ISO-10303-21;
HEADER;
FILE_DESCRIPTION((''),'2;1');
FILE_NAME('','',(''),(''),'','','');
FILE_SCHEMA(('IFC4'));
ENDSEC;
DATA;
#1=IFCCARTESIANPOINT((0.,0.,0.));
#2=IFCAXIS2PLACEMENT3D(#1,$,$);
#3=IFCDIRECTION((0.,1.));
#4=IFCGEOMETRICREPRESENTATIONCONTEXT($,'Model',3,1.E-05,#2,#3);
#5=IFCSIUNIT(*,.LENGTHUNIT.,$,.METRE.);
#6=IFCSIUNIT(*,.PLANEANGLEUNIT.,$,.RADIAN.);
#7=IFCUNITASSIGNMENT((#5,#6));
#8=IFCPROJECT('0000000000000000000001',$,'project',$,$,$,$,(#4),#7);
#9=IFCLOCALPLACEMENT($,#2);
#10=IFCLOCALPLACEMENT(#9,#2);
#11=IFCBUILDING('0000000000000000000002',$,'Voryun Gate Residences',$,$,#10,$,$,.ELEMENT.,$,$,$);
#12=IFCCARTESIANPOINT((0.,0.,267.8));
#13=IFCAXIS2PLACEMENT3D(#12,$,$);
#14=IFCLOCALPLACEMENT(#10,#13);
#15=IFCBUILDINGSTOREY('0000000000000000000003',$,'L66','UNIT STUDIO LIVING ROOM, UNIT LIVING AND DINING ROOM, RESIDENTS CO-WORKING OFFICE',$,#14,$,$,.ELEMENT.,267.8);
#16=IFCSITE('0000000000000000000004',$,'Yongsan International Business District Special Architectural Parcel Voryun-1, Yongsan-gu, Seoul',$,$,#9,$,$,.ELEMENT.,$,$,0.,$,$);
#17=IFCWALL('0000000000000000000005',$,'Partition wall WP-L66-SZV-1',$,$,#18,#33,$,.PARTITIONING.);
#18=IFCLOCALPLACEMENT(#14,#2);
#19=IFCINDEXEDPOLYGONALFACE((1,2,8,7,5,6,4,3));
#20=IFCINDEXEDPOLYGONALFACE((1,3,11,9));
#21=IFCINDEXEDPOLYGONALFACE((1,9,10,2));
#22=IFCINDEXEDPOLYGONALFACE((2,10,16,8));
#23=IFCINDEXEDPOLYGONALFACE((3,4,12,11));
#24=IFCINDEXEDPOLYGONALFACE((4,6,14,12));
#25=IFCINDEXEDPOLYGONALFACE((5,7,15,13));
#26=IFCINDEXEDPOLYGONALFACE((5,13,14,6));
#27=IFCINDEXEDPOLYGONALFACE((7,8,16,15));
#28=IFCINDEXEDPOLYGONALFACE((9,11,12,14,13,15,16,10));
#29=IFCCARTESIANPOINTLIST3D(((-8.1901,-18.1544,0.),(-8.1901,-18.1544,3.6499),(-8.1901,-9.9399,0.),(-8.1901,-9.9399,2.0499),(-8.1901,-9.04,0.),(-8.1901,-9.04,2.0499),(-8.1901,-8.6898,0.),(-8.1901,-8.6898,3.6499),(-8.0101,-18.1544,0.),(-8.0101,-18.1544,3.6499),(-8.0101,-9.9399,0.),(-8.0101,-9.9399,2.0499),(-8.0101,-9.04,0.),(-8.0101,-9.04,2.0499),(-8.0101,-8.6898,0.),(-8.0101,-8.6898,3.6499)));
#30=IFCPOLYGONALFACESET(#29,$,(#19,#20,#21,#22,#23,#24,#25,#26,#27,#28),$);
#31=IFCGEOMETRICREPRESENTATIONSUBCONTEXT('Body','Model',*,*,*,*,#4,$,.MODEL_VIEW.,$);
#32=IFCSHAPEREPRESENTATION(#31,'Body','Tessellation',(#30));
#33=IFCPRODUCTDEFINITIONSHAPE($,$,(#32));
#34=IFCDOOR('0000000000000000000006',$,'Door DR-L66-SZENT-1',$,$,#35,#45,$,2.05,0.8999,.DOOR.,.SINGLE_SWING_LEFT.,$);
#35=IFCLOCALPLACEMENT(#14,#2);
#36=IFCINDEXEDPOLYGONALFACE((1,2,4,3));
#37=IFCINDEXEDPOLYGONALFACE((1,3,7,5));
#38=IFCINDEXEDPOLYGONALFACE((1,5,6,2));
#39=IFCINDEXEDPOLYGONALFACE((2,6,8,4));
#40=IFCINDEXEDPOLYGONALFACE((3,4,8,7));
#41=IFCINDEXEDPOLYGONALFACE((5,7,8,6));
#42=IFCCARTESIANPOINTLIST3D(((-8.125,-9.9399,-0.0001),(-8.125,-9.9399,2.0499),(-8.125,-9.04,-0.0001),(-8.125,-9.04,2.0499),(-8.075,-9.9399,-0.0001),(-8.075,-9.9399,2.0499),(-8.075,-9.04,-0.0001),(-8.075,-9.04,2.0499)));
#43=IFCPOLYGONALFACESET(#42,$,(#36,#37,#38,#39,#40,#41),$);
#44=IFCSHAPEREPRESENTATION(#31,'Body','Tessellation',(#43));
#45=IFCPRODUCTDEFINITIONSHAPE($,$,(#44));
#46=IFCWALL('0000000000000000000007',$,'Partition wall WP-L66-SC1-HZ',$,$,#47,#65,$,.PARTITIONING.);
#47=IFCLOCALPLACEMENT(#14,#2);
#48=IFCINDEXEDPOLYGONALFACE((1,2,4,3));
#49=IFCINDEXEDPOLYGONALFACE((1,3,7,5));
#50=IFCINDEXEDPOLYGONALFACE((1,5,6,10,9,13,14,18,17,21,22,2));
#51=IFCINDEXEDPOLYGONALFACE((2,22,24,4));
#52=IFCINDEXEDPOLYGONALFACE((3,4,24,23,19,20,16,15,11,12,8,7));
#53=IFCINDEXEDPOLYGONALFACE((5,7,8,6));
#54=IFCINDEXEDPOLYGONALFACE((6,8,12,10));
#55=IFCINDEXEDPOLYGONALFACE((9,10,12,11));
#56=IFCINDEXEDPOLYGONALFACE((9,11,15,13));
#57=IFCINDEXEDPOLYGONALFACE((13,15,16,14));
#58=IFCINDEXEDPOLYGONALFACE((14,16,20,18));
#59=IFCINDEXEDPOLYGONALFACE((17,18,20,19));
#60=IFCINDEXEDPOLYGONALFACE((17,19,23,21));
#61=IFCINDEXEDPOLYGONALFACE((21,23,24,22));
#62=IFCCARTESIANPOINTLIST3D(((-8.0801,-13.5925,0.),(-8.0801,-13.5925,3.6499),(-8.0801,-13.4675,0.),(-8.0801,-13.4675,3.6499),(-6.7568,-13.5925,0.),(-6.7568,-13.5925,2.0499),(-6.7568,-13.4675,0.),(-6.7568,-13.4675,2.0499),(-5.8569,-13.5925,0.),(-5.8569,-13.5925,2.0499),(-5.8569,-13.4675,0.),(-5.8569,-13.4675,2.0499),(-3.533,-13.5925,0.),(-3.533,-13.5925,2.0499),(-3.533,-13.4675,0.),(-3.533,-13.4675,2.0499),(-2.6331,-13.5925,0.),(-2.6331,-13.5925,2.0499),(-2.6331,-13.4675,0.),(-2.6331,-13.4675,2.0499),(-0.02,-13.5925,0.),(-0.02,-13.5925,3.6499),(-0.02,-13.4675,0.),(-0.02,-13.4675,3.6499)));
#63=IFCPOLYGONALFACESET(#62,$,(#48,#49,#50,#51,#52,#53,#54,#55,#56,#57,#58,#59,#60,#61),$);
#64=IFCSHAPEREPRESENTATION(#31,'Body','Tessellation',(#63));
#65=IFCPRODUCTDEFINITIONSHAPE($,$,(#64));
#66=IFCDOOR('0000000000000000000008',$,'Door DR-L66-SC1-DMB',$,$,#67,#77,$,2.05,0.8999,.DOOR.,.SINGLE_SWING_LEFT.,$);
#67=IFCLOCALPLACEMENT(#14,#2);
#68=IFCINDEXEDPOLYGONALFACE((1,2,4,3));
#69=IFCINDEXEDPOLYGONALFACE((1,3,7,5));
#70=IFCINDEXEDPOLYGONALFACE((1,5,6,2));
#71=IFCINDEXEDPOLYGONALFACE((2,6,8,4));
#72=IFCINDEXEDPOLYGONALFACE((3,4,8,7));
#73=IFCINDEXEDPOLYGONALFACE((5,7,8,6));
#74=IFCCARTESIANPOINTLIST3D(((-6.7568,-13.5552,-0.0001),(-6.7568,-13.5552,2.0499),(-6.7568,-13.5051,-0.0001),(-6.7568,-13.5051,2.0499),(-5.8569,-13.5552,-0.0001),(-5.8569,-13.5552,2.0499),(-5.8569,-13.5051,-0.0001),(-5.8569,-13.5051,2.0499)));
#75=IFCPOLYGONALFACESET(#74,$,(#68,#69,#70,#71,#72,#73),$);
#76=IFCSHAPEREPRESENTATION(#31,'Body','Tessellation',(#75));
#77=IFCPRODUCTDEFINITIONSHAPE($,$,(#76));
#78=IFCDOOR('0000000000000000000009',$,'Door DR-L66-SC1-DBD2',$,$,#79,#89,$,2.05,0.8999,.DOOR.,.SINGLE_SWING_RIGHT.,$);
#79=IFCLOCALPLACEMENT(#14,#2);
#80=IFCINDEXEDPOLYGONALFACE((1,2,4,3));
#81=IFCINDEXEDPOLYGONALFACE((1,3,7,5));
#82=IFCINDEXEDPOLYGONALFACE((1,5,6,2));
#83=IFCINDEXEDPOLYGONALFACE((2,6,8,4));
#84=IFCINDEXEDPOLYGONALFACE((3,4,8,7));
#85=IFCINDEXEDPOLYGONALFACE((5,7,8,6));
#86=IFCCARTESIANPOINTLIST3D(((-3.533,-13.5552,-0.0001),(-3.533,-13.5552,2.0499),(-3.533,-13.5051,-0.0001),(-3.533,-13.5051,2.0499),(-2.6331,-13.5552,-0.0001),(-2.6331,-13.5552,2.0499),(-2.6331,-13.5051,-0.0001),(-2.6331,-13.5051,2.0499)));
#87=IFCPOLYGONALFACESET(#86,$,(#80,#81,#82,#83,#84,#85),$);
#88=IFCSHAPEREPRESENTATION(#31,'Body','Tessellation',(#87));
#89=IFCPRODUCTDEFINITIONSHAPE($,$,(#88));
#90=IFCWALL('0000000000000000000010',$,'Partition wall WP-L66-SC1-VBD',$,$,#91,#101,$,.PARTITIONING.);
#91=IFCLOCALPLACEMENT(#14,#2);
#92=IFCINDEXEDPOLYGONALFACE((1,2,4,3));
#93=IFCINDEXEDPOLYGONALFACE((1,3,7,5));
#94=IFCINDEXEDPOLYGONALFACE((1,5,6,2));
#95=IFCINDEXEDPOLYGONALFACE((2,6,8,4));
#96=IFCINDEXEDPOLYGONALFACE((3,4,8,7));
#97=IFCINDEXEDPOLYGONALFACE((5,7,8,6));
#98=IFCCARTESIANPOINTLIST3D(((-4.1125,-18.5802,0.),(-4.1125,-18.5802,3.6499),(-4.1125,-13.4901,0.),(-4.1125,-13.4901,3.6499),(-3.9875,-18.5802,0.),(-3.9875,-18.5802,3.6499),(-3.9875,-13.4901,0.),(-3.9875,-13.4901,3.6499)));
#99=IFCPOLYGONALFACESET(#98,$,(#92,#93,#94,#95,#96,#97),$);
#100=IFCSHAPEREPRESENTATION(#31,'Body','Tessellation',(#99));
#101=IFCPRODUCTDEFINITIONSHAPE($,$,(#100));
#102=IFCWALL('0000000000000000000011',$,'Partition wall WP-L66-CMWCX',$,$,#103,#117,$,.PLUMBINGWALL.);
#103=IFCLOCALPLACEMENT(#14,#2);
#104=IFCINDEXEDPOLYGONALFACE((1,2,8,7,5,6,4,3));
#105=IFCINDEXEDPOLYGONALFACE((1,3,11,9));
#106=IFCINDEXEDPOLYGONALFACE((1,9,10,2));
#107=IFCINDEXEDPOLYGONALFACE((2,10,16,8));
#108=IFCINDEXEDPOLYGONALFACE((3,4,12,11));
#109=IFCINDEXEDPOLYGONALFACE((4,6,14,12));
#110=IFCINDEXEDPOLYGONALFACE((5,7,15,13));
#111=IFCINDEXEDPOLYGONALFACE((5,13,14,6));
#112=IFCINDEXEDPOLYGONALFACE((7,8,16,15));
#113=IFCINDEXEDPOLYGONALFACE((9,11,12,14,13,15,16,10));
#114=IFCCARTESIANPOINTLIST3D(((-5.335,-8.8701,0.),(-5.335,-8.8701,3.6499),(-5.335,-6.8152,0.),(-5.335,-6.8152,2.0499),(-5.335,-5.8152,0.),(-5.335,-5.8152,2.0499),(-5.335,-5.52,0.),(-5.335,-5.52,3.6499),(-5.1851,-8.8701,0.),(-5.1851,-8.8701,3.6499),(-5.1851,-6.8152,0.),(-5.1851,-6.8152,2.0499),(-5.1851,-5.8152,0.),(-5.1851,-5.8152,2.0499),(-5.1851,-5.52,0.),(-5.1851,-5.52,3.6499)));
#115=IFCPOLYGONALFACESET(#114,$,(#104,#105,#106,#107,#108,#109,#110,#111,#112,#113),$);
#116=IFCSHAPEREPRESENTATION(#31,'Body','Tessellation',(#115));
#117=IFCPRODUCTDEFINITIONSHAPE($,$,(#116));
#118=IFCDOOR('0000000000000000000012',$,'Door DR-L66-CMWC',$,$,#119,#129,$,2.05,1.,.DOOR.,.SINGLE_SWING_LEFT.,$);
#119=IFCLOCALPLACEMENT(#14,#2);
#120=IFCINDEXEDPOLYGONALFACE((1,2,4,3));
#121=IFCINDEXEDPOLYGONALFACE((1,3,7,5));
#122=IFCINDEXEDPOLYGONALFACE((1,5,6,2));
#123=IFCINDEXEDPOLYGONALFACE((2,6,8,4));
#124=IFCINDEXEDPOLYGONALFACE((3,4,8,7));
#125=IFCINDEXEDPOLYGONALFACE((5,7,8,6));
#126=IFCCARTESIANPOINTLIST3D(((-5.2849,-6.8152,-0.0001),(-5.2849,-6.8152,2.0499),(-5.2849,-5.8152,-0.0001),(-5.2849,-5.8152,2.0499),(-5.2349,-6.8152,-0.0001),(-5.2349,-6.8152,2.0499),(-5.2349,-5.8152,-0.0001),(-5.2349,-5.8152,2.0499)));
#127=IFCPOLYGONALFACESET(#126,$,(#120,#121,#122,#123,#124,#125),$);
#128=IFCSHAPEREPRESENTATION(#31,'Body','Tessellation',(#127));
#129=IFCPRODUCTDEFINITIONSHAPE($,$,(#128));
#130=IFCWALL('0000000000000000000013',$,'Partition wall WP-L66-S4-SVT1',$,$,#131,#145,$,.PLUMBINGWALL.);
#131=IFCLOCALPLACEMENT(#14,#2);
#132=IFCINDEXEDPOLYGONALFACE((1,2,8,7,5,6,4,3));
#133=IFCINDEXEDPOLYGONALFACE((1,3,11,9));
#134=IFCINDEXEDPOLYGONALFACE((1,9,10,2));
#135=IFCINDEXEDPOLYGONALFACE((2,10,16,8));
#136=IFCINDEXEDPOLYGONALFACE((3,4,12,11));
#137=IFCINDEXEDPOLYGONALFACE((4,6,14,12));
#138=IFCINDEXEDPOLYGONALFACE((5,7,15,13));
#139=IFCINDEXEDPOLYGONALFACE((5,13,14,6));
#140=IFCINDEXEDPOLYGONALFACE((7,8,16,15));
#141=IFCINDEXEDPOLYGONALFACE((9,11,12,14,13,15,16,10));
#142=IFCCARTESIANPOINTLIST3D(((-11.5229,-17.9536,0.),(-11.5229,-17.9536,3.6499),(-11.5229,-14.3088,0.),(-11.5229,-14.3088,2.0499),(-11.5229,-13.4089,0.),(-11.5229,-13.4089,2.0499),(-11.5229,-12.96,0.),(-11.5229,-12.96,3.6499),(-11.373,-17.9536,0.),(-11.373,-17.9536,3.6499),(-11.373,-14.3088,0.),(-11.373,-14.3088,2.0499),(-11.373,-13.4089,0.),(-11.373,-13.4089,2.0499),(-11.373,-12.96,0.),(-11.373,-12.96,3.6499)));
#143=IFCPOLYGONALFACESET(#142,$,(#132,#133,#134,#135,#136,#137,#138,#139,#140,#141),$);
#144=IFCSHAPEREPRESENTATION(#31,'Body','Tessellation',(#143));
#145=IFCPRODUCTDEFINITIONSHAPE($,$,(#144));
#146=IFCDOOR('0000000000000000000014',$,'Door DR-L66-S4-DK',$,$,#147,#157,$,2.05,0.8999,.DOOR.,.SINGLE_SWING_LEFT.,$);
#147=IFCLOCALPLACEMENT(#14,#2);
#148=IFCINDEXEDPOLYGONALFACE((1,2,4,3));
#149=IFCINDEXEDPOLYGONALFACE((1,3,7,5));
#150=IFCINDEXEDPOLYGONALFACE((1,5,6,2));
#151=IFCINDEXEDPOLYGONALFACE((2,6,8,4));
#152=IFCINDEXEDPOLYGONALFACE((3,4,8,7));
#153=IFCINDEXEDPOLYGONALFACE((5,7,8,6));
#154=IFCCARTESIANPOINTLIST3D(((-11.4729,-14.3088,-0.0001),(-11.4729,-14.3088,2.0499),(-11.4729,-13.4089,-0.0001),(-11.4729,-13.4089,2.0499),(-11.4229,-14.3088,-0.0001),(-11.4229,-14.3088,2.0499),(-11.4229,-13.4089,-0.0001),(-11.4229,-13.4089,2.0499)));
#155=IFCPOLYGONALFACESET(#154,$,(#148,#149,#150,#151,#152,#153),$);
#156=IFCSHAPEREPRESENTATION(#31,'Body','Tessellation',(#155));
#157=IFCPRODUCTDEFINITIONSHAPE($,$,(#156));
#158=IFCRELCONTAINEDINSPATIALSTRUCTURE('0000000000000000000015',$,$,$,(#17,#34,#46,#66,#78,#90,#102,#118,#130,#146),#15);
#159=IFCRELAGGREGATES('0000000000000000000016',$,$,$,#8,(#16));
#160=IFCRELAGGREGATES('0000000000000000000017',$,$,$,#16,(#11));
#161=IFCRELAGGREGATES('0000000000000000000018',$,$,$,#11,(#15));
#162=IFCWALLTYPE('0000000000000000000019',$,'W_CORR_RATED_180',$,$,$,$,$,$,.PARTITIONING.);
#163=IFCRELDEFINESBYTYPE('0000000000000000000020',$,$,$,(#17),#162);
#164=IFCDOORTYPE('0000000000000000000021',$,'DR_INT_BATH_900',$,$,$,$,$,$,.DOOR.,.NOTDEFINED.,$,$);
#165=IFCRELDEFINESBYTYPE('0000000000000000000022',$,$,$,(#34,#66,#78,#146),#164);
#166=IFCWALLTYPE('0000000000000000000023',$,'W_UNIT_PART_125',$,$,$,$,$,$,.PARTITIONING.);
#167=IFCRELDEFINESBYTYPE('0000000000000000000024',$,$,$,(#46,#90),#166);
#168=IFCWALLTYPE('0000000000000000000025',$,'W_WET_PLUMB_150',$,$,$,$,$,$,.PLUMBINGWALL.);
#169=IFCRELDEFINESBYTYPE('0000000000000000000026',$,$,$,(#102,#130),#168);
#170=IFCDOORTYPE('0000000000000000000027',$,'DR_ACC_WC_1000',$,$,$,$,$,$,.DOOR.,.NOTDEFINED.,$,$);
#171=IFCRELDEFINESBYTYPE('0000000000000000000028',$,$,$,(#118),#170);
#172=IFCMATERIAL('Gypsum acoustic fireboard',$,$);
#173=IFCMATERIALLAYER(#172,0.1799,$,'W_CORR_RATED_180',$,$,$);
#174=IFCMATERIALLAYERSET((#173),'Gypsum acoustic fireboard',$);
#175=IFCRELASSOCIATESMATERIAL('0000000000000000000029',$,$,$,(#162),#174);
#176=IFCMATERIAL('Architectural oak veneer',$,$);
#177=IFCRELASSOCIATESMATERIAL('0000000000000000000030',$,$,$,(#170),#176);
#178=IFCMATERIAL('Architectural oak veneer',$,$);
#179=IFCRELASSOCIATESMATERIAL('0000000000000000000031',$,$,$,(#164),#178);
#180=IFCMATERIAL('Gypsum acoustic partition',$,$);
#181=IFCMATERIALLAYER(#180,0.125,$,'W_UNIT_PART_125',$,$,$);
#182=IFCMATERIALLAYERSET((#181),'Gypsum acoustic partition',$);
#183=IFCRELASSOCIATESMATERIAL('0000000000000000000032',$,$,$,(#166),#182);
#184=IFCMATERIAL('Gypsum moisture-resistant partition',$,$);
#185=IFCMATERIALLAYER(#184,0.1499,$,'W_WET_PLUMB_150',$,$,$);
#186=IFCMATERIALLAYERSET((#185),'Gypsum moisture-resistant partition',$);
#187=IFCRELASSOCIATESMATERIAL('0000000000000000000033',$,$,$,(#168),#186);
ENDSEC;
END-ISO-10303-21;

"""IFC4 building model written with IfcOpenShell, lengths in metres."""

from ifc_helpers import new_model, si_unit, direction, frame, frame_2d, origin, place, context, subcontext, project, spatial, rectangle, extrude, material, layer, layer_set, type_object, element, fill, save


model = new_model("IFC4")

# Units and contexts
model_context = context("Model", 3, precision=1e-05, world=origin(), true_north=direction((0.0, 1.0)))
body_context = subcontext(model_context, "Body", "Model", "MODEL_VIEW")
ifc_project = project(units=[si_unit("LENGTHUNIT", "METRE"), si_unit("PLANEANGLEUNIT", "RADIAN")], contexts=[model_context])

# Site, building, storey
site_placement = place(None, origin())
site = spatial("IfcSite", under=ifc_project, at=site_placement, Name="Yongsan International Business District Special Architectural Parcel Voryun-1, Yongsan-gu, Seoul", CompositionType="ELEMENT", RefElevation=0.0)
building_placement = place(site_placement, origin())
building = spatial("IfcBuilding", under=site, at=building_placement, Name="Voryun Gate Residences", CompositionType="ELEMENT")
storey_placement = place(building_placement, frame((0.0, 0.0, 267.8)))
storey = spatial("IfcBuildingStorey", under=building, at=storey_placement, Name="L66", Description="UNIT STUDIO LIVING ROOM, UNIT LIVING AND DINING ROOM, RESIDENTS CO-WORKING OFFICE", CompositionType="ELEMENT", Elevation=267.8)

# Shared definitions
ifc_material_1 = material(Name="Gypsum acoustic fireboard")
ifc_layer_1 = layer(ifc_material_1, 0.1799, Name="W_CORR_RATED_180")
ifc_layer_set_1 = layer_set([ifc_layer_1], Name="Gypsum acoustic fireboard")
wall_type_1 = type_object("IfcWallType", Name="W_CORR_RATED_180", PredefinedType="PARTITIONING", material=ifc_layer_set_1)

# Shared definitions
ifc_material_2 = material(Name="Architectural oak veneer")
door_type_1 = type_object("IfcDoorType", Name="DR_ACC_WC_1000", OperationType="NOTDEFINED", PredefinedType="DOOR", material=ifc_material_2)

# Wall, opening, door
wall_1_placement = place(storey_placement, frame((-8.1001, -18.1545, 0.0), z_axis=(0.0, 0.0, 1.0), x_axis=(0.0, 1.0, 0.0)))
wall_1 = element("IfcWall", 1, at=wall_1_placement, inside=storey, type_object=wall_type_1, Name="Partition wall WP-L66-SZV-1", PredefinedType="PARTITIONING", context=body_context, shape_type="SweptSolid", body=[
    extrude(rectangle(XDim=9.4646, YDim=0.1799, at=frame_2d((4.7324, 0.0))), origin(), (0.0, 0.0, 1.0), 3.6499),
])
opening_1_placement = place(wall_1_placement, frame((8.2146, 0.0, 0.0)))
opening_1 = element("IfcOpeningElement", 2, at=opening_1_placement, cuts=wall_1, PredefinedType="OPENING", context=body_context, shape_type="SweptSolid", body=[
    extrude(rectangle(XDim=0.8999, YDim=2.05, at=frame_2d((0.45, 1.0249))), frame((0.0, 0.0999, 0.0), z_axis=(0.0, -1.0, 0.0), x_axis=(1.0, 0.0, 0.0)), (0.0, 0.0, 1.0), 0.2),
])
ifc_material_3 = material(Name="Architectural oak veneer")
door_type_2 = type_object("IfcDoorType", Name="DR_INT_BATH_900", OperationType="NOTDEFINED", PredefinedType="DOOR", material=ifc_material_3)
door_1_placement = place(opening_1_placement, origin())
door_1 = element("IfcDoor", 3, at=door_1_placement, inside=storey, type_object=door_type_2, Name="Door DR-L66-SZENT-1", OperationType="SINGLE_SWING_LEFT", OverallHeight=2.05, OverallWidth=0.8999, PredefinedType="DOOR", context=body_context, shape_type="SweptSolid", body=[
    extrude(rectangle(XDim=0.8999, YDim=2.05, at=frame_2d((0.45, 1.0249))), frame((0.0, 0.0249, 0.0), z_axis=(0.0, -1.0, 0.0), x_axis=(1.0, 0.0, 0.0)), (0.0, 0.0, 1.0), 0.05),
])
fill(opening_1, door_1)

# Wall, openings, doors
ifc_material_4 = material(Name="Gypsum acoustic partition")
ifc_layer_2 = layer(ifc_material_4, 0.125, Name="W_UNIT_PART_125")
ifc_layer_set_2 = layer_set([ifc_layer_2], Name="Gypsum acoustic partition")
wall_type_2 = type_object("IfcWallType", Name="W_UNIT_PART_125", PredefinedType="PARTITIONING", material=ifc_layer_set_2)
wall_2_placement = place(storey_placement, frame((-8.0801, -13.53, 0.0), z_axis=(0.0, 0.0, 1.0), x_axis=(1.0, 0.0, 0.0)))
wall_2 = element("IfcWall", 4, at=wall_2_placement, inside=storey, type_object=wall_type_2, Name="Partition wall WP-L66-SC1-HZ", PredefinedType="PARTITIONING", context=body_context, shape_type="SweptSolid", body=[
    extrude(rectangle(XDim=8.0601, YDim=0.125, at=frame_2d((4.03, 0.0))), origin(), (0.0, 0.0, 1.0), 3.6499),
])
opening_2_placement = place(wall_2_placement, frame((1.3232, 0.0, 0.0)))
opening_2 = element("IfcOpeningElement", 5, at=opening_2_placement, cuts=wall_2, PredefinedType="OPENING", context=body_context, shape_type="SweptSolid", body=[
    extrude(rectangle(XDim=0.8999, YDim=2.05, at=frame_2d((0.45, 1.0249))), frame((0.0, 0.0725, 0.0), z_axis=(0.0, -1.0, 0.0), x_axis=(1.0, 0.0, 0.0)), (0.0, 0.0, 1.0), 0.145),
])
opening_3_placement = place(wall_2_placement, frame((4.5471, 0.0, 0.0)))
opening_3 = element("IfcOpeningElement", 6, at=opening_3_placement, cuts=wall_2, PredefinedType="OPENING", context=body_context, shape_type="SweptSolid", body=[
    extrude(rectangle(XDim=0.8999, YDim=2.05, at=frame_2d((0.45, 1.0249))), frame((0.0, 0.0725, 0.0), z_axis=(0.0, -1.0, 0.0), x_axis=(1.0, 0.0, 0.0)), (0.0, 0.0, 1.0), 0.145),
])
door_2_placement = place(opening_2_placement, origin())
door_2 = element("IfcDoor", 7, at=door_2_placement, inside=storey, type_object=door_type_2, Name="Door DR-L66-SC1-DMB", OperationType="SINGLE_SWING_LEFT", OverallHeight=2.05, OverallWidth=0.8999, PredefinedType="DOOR", context=body_context, shape_type="SweptSolid", body=[
    extrude(rectangle(XDim=0.8999, YDim=2.05, at=frame_2d((0.45, 1.0249))), frame((0.0, 0.0249, 0.0), z_axis=(0.0, -1.0, 0.0), x_axis=(1.0, 0.0, 0.0)), (0.0, 0.0, 1.0), 0.05),
])
fill(opening_2, door_2)
door_3_placement = place(opening_3_placement, origin())
door_3 = element("IfcDoor", 8, at=door_3_placement, inside=storey, type_object=door_type_2, Name="Door DR-L66-SC1-DBD2", OperationType="SINGLE_SWING_RIGHT", OverallHeight=2.05, OverallWidth=0.8999, PredefinedType="DOOR", context=body_context, shape_type="SweptSolid", body=[
    extrude(rectangle(XDim=0.8999, YDim=2.05, at=frame_2d((0.45, 1.0249))), frame((0.0, 0.0249, 0.0), z_axis=(0.0, -1.0, 0.0), x_axis=(1.0, 0.0, 0.0)), (0.0, 0.0, 1.0), 0.05),
])
fill(opening_3, door_3)

# Wall
wall_3_placement = place(storey_placement, frame((-4.05, -18.5801, 0.0), z_axis=(0.0, 0.0, 1.0), x_axis=(0.0, 1.0, 0.0)))
element("IfcWall", 9, at=wall_3_placement, inside=storey, type_object=wall_type_2, Name="Partition wall WP-L66-SC1-VBD", PredefinedType="PARTITIONING", context=body_context, shape_type="SweptSolid", body=[
    extrude(rectangle(XDim=5.0901, YDim=0.125, at=frame_2d((2.5449, 0.0))), origin(), (0.0, 0.0, 1.0), 3.6499),
])

# Walls, openings, doors
ifc_material_5 = material(Name="Gypsum moisture-resistant partition")
ifc_layer_3 = layer(ifc_material_5, 0.1499, Name="W_WET_PLUMB_150")
ifc_layer_set_3 = layer_set([ifc_layer_3], Name="Gypsum moisture-resistant partition")
wall_type_3 = type_object("IfcWallType", Name="W_WET_PLUMB_150", PredefinedType="PLUMBINGWALL", material=ifc_layer_set_3)
wall_4_placement = place(storey_placement, frame((-5.26, -8.8701, 0.0), z_axis=(0.0, 0.0, 1.0), x_axis=(0.0, 1.0, 0.0)))
wall_4 = element("IfcWall", 10, at=wall_4_placement, inside=storey, type_object=wall_type_3, Name="Partition wall WP-L66-CMWCX", PredefinedType="PLUMBINGWALL", context=body_context, shape_type="SweptSolid", body=[
    extrude(rectangle(XDim=3.3501, YDim=0.1499, at=frame_2d((1.675, 0.0))), origin(), (0.0, 0.0, 1.0), 3.6499),
])
opening_4_placement = place(wall_4_placement, frame((2.0549, 0.0, 0.0)))
opening_4 = element("IfcOpeningElement", 11, at=opening_4_placement, cuts=wall_4, PredefinedType="OPENING", context=body_context, shape_type="SweptSolid", body=[
    extrude(rectangle(XDim=1.0, YDim=2.05, at=frame_2d((0.5, 1.0249))), frame((0.0, 0.085, 0.0), z_axis=(0.0, -1.0, 0.0), x_axis=(1.0, 0.0, 0.0)), (0.0, 0.0, 1.0), 0.1699),
])
door_4_placement = place(opening_4_placement, origin())
door_4 = element("IfcDoor", 12, at=door_4_placement, inside=storey, type_object=door_type_1, Name="Door DR-L66-CMWC", OperationType="SINGLE_SWING_LEFT", OverallHeight=2.05, OverallWidth=1.0, PredefinedType="DOOR", context=body_context, shape_type="SweptSolid", body=[
    extrude(rectangle(XDim=1.0, YDim=2.05, at=frame_2d((0.5, 1.0249))), frame((0.0, 0.0249, 0.0), z_axis=(0.0, -1.0, 0.0), x_axis=(1.0, 0.0, 0.0)), (0.0, 0.0, 1.0), 0.05),
])
fill(opening_4, door_4)
wall_5_placement = place(storey_placement, frame((-11.448, -17.9536, 0.0), z_axis=(0.0, 0.0, 1.0), x_axis=(0.0, 1.0, 0.0)))
wall_5 = element("IfcWall", 13, at=wall_5_placement, inside=storey, type_object=wall_type_3, Name="Partition wall WP-L66-S4-SVT1", PredefinedType="PLUMBINGWALL", context=body_context, shape_type="SweptSolid", body=[
    extrude(rectangle(XDim=4.9937, YDim=0.1499, at=frame_2d((2.4968, 0.0))), origin(), (0.0, 0.0, 1.0), 3.6499),
])
opening_5_placement = place(wall_5_placement, frame((3.6448, 0.0, 0.0)))
opening_5 = element("IfcOpeningElement", 14, at=opening_5_placement, cuts=wall_5, PredefinedType="OPENING", context=body_context, shape_type="SweptSolid", body=[
    extrude(rectangle(XDim=0.8999, YDim=2.05, at=frame_2d((0.45, 1.0249))), frame((0.0, 0.085, 0.0), z_axis=(0.0, -1.0, 0.0), x_axis=(1.0, 0.0, 0.0)), (0.0, 0.0, 1.0), 0.1699),
])
door_5_placement = place(opening_5_placement, origin())
door_5 = element("IfcDoor", 15, at=door_5_placement, inside=storey, type_object=door_type_2, Name="Door DR-L66-S4-DK", OperationType="SINGLE_SWING_LEFT", OverallHeight=2.05, OverallWidth=0.8999, PredefinedType="DOOR", context=body_context, shape_type="SweptSolid", body=[
    extrude(rectangle(XDim=0.8999, YDim=2.05, at=frame_2d((0.45, 1.0249))), frame((0.0, 0.0249, 0.0), z_axis=(0.0, -1.0, 0.0), x_axis=(1.0, 0.0, 0.0)), (0.0, 0.0, 1.0), 0.05),
])
fill(opening_5, door_5)

save(model, "model.ifc")
